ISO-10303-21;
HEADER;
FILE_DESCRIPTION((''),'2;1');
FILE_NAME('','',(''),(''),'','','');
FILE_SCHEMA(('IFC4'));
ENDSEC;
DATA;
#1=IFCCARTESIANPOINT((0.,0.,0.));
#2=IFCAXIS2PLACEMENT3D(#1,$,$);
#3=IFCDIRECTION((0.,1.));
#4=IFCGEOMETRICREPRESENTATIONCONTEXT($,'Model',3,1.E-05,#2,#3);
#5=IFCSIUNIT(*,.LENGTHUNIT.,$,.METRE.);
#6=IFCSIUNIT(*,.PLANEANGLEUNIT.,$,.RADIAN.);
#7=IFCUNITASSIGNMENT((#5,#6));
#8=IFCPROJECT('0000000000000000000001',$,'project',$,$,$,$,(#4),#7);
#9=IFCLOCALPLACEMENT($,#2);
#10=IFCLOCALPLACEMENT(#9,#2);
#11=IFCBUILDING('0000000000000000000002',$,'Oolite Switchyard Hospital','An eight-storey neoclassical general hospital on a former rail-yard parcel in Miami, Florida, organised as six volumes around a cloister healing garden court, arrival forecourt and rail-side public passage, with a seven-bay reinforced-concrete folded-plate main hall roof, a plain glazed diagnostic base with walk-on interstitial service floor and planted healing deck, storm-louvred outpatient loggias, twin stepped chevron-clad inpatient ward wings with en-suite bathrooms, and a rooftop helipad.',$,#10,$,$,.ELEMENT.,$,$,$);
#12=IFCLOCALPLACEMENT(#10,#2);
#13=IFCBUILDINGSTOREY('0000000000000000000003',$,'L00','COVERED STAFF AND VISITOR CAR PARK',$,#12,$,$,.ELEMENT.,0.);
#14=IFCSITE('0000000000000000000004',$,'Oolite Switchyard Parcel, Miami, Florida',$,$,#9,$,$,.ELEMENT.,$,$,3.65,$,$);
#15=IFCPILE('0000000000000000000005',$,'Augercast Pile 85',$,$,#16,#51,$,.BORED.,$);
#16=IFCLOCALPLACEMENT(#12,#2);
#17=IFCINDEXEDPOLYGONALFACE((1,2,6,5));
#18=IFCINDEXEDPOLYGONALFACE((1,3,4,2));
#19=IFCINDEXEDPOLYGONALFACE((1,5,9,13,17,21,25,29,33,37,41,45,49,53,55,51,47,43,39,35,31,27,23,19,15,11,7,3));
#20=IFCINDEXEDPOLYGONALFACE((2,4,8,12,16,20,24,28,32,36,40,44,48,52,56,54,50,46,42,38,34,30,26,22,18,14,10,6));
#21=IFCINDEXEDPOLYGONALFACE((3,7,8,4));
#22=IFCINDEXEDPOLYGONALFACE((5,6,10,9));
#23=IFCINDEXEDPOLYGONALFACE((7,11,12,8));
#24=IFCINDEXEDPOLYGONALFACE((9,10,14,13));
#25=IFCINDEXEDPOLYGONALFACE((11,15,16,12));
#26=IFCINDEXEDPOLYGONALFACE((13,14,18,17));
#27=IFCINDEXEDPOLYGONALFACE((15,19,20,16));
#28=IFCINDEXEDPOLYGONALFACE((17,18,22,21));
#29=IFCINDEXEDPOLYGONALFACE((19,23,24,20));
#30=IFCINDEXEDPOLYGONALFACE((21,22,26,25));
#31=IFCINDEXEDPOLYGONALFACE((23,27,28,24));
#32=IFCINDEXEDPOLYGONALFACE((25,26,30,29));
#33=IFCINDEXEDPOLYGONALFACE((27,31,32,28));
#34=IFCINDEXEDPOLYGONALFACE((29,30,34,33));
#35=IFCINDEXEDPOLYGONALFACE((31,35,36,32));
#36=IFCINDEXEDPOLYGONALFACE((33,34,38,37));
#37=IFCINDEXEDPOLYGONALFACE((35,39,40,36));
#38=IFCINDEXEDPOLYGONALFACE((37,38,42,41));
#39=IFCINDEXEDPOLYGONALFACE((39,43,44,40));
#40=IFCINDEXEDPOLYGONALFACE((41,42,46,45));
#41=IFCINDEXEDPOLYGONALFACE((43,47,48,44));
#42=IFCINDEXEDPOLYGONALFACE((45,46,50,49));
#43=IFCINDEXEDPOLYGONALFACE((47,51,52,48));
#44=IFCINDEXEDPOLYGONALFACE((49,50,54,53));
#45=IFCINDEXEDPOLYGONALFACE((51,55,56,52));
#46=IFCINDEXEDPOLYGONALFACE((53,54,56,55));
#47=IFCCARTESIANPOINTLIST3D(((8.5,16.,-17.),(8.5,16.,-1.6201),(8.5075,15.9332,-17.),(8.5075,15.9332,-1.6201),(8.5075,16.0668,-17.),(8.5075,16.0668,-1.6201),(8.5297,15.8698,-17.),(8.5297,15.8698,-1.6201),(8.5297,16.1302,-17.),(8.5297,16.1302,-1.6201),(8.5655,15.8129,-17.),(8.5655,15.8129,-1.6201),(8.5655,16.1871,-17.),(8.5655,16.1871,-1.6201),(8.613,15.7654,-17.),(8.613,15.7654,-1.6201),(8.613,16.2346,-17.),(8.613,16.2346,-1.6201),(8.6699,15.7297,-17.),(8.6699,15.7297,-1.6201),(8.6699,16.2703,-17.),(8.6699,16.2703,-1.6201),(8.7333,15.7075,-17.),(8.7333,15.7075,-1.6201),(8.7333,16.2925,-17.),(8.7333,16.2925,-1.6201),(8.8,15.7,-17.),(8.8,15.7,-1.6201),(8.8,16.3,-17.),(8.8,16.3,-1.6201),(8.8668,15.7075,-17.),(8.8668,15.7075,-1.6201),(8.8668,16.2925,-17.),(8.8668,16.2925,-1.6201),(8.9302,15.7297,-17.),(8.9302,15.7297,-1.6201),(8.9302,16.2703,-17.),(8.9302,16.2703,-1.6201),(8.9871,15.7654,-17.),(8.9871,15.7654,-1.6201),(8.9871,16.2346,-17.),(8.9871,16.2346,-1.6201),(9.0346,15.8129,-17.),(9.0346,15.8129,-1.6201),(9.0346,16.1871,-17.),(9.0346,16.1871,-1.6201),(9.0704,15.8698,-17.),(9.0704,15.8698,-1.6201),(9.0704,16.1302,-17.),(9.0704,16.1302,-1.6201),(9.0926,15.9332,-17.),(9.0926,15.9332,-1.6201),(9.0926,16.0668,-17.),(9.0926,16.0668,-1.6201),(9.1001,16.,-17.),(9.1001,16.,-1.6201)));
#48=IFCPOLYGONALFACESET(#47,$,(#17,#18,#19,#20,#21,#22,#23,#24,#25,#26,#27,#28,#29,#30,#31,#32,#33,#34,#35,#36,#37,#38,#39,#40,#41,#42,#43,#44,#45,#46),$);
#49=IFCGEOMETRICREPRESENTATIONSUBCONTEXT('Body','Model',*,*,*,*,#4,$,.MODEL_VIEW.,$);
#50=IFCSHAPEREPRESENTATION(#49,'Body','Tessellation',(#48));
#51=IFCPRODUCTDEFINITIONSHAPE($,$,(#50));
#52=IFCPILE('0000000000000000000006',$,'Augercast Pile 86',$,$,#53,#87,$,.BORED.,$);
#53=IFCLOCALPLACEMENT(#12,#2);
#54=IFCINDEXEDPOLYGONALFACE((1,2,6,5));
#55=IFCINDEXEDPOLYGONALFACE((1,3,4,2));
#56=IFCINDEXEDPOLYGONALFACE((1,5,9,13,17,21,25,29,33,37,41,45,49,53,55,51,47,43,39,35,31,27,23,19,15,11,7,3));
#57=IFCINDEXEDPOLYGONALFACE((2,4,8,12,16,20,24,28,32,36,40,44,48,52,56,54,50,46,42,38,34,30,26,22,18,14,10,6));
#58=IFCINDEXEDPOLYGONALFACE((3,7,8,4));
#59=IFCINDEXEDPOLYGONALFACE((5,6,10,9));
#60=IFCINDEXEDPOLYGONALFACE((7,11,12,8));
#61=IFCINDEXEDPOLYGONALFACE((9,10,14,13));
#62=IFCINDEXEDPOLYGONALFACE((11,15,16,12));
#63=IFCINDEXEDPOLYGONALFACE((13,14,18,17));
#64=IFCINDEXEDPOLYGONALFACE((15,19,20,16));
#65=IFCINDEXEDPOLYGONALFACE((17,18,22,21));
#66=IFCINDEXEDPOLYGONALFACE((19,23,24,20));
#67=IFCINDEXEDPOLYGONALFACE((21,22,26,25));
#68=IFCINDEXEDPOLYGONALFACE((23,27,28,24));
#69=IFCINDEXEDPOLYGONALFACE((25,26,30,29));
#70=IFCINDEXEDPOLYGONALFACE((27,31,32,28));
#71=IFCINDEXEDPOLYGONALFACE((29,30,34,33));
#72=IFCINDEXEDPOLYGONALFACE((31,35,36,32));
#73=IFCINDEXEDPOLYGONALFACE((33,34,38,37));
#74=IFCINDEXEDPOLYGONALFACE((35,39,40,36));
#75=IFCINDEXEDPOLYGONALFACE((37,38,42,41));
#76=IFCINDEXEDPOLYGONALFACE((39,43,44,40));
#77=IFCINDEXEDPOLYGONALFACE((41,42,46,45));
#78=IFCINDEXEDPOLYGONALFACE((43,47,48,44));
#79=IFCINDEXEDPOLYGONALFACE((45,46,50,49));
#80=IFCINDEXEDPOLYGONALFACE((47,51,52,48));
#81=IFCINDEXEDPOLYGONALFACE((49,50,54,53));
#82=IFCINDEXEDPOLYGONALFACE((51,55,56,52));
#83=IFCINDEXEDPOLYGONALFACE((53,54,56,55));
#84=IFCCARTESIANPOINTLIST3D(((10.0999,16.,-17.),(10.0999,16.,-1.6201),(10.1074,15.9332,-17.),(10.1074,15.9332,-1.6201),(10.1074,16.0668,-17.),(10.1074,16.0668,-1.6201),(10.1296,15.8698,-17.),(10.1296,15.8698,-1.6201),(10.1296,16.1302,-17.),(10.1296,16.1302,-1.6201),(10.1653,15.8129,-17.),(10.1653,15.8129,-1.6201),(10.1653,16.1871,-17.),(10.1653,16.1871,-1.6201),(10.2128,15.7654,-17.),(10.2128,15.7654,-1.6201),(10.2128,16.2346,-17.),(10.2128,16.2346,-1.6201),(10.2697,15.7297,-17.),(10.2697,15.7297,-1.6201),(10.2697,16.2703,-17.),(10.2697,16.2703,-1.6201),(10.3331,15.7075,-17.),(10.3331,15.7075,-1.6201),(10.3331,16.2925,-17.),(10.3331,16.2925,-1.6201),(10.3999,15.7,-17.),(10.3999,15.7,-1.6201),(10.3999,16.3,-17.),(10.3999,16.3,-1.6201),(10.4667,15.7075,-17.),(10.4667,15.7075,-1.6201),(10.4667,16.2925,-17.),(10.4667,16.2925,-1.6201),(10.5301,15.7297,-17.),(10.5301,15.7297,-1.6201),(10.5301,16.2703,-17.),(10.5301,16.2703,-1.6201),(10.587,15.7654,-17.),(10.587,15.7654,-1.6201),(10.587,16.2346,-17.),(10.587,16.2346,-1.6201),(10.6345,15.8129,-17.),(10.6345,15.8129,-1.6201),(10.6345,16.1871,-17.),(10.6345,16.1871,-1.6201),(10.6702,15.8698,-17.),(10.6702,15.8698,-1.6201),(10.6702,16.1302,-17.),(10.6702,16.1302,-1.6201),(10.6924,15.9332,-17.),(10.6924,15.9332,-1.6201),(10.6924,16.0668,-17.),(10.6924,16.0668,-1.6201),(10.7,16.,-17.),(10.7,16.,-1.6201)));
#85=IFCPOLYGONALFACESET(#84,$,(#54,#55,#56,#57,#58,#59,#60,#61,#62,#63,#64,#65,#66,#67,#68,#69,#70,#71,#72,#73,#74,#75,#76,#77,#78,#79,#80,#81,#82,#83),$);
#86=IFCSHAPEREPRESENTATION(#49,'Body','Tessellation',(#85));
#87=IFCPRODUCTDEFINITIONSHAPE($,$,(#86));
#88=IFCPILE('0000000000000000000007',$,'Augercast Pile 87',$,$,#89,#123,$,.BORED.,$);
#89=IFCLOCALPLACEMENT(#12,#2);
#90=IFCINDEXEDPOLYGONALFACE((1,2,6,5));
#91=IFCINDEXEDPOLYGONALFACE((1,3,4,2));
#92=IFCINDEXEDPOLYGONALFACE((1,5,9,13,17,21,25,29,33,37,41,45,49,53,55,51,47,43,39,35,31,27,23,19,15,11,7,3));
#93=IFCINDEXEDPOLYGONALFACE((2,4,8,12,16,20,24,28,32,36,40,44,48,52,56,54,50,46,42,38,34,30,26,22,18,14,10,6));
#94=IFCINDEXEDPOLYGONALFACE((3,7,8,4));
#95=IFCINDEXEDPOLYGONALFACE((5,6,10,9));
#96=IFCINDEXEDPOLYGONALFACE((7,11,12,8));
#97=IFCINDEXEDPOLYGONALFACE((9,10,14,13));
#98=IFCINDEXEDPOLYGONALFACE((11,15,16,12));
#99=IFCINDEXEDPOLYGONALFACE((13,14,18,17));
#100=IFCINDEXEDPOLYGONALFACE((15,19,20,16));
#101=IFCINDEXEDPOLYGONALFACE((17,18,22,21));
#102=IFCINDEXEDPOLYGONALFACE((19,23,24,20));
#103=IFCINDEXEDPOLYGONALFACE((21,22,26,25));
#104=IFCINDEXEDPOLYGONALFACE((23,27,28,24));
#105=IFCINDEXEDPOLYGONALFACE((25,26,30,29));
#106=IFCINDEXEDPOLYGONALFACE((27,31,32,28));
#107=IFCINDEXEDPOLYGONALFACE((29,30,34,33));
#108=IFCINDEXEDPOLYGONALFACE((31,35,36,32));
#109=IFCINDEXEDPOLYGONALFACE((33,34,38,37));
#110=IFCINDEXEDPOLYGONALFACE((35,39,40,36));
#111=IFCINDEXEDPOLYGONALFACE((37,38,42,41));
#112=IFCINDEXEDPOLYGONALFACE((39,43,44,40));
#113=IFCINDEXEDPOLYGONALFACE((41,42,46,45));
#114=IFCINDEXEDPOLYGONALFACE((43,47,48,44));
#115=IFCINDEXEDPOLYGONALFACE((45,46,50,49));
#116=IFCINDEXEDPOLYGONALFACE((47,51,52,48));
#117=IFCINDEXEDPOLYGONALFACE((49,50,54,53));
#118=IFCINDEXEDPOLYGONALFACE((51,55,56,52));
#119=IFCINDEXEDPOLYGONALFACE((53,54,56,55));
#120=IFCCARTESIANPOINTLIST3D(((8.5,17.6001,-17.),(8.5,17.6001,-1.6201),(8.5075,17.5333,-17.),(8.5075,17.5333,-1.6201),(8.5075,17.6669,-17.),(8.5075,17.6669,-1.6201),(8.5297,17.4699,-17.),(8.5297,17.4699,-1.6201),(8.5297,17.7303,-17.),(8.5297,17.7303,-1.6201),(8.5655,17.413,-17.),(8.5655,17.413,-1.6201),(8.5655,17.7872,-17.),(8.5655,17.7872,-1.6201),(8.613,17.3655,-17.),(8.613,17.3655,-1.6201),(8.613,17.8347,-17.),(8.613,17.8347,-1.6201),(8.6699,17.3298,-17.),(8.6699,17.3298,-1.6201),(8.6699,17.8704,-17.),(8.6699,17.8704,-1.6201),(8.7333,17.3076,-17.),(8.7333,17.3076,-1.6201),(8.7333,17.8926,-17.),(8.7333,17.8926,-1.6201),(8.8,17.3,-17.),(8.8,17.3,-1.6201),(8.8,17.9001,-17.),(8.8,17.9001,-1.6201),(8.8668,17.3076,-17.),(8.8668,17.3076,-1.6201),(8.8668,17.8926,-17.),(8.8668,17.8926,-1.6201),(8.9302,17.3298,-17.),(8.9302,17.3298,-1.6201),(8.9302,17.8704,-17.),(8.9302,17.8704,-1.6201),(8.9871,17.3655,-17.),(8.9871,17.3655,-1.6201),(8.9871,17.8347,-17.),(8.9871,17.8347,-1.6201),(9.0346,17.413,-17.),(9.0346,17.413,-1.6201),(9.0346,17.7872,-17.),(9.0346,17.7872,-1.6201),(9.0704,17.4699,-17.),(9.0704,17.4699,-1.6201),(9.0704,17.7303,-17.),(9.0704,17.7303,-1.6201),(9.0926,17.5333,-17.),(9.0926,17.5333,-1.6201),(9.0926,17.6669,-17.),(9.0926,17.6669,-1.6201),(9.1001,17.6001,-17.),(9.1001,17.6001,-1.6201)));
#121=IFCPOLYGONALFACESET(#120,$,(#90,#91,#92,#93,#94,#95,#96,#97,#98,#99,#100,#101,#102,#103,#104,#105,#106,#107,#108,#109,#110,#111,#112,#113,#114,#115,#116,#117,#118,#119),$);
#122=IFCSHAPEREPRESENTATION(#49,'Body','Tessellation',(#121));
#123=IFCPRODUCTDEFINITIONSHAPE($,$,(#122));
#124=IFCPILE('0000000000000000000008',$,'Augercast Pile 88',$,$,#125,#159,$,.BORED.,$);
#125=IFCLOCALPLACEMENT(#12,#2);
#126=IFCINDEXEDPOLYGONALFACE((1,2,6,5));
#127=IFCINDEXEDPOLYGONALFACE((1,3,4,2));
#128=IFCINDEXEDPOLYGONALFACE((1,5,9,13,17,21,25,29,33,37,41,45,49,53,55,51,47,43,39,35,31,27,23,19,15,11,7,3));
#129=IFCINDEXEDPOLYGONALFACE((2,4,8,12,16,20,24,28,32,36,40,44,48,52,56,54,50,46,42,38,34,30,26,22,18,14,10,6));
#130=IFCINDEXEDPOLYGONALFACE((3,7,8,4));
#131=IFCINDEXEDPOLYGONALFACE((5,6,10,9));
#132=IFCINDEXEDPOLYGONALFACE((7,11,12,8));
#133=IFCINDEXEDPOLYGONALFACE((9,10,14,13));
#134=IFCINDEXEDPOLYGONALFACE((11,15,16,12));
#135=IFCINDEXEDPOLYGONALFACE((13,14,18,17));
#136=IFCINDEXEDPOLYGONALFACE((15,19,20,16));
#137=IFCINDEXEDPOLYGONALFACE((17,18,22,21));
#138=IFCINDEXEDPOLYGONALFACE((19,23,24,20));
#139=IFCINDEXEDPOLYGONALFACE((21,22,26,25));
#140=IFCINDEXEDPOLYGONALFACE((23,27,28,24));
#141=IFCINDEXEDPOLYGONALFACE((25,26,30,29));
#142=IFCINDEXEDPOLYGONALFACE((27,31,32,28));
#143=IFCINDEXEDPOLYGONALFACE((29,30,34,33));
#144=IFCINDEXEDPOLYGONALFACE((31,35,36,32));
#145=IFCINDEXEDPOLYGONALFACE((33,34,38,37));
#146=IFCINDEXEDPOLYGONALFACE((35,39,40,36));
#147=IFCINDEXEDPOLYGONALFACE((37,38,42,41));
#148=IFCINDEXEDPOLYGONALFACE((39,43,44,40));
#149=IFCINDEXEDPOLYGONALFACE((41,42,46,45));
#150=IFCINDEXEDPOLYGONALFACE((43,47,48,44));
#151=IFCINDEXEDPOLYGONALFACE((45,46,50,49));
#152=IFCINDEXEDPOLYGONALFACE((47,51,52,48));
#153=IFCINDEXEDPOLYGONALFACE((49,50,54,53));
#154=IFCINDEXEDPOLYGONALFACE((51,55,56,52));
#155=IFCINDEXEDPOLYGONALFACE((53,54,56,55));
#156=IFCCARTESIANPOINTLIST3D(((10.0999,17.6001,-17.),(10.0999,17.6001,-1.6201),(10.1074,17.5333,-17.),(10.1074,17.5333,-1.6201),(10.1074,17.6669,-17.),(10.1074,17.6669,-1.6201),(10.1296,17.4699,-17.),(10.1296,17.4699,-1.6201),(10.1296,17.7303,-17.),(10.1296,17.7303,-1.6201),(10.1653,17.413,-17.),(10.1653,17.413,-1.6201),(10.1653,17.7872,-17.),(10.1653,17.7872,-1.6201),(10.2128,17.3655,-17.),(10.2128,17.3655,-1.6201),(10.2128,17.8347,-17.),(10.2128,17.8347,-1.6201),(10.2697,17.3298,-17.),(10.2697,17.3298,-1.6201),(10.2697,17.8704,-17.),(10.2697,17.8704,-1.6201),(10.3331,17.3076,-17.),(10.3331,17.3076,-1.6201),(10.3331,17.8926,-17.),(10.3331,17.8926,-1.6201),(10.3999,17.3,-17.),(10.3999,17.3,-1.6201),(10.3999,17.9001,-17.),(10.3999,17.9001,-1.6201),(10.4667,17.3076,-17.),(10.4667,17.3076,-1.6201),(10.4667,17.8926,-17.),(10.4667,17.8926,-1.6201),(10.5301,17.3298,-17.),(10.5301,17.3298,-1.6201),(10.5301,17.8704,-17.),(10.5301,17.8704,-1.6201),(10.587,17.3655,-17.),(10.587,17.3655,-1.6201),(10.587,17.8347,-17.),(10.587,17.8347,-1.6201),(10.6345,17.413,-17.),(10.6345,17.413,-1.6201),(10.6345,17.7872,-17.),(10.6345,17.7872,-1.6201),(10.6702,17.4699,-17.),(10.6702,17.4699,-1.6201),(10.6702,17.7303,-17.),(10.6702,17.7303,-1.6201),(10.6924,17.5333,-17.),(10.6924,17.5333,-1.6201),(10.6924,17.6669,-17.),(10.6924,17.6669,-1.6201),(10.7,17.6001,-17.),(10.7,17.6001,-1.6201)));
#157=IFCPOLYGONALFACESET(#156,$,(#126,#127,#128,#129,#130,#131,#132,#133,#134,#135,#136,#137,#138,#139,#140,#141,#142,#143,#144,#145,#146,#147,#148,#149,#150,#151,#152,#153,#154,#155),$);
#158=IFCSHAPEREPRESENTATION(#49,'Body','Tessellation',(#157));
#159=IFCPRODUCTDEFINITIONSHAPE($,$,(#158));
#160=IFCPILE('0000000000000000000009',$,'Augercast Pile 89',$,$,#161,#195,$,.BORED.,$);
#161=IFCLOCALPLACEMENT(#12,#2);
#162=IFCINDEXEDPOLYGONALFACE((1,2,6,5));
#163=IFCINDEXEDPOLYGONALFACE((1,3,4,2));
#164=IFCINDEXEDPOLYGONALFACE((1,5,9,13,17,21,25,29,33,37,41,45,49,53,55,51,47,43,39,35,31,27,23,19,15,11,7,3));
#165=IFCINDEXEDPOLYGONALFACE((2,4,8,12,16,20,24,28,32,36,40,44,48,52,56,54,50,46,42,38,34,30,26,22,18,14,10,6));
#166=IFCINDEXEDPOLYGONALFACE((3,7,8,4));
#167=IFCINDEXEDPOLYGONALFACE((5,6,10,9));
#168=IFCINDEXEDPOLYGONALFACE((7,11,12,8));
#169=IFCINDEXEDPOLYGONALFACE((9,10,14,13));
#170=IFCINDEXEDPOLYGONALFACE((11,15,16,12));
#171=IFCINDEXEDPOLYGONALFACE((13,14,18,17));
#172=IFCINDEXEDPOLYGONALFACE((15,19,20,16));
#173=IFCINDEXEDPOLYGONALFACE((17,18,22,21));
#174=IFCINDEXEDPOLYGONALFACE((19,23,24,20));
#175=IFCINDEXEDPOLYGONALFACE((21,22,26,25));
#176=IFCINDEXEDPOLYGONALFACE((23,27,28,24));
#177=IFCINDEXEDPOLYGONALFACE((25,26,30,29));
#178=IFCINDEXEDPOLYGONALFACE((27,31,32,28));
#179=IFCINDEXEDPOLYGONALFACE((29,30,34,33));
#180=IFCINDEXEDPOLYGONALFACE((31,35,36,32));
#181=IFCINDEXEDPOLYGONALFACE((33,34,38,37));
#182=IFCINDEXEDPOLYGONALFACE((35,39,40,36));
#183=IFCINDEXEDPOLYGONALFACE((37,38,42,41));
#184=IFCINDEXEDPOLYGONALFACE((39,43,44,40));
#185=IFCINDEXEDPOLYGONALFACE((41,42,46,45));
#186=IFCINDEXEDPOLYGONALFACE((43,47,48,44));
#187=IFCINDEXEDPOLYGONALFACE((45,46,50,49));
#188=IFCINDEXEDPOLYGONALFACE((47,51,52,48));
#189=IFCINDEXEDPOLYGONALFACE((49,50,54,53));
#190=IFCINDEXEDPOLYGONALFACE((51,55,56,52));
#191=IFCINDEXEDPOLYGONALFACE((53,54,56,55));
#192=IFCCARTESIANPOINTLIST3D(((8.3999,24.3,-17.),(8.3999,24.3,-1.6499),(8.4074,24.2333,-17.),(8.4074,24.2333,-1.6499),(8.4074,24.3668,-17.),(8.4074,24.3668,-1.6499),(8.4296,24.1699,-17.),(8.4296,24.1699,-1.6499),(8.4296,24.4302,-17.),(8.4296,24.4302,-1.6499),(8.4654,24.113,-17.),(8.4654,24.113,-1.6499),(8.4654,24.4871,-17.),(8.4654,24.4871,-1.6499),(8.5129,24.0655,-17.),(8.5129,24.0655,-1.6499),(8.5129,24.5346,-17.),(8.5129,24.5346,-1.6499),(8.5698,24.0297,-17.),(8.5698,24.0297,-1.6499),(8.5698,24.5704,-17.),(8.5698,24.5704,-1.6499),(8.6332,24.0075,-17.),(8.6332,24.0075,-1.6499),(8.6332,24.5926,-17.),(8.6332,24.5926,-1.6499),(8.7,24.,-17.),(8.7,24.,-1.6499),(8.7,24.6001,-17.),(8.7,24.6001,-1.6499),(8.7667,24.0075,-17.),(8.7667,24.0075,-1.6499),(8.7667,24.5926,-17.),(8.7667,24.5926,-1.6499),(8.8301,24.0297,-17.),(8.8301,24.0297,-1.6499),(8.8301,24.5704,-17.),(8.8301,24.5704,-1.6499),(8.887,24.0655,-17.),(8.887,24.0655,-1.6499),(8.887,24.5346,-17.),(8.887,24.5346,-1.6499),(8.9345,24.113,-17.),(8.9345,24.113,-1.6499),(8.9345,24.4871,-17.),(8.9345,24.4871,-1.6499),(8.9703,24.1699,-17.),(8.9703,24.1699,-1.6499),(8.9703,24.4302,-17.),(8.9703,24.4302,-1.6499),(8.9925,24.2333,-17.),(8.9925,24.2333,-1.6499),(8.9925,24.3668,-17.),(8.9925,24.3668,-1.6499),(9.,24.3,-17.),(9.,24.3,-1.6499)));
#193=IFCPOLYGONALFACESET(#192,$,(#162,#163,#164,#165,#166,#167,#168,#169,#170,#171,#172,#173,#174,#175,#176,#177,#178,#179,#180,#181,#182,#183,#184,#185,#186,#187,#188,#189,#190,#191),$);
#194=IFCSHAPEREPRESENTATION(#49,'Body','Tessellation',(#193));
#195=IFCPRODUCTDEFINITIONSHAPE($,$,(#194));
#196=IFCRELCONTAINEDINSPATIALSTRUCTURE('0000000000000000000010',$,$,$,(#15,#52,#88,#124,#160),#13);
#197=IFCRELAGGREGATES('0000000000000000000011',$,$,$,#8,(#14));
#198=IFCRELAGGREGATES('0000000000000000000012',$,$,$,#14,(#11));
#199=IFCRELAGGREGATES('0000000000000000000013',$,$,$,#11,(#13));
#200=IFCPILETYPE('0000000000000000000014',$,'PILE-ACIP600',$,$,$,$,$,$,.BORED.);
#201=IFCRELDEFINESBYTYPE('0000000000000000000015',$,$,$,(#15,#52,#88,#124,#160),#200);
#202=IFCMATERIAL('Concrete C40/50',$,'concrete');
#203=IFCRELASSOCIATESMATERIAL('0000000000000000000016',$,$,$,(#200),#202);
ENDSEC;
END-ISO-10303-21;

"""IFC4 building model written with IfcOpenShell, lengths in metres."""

from ifc_helpers import new_model, si_unit, direction, frame, origin, origin_2d, place, context, subcontext, project, spatial, circle, extrude, material, material_profile, profile_set, type_object, element, save


model = new_model("IFC4")

# Units and contexts
model_context = context("Model", 3, precision=1e-05, world=origin(), true_north=direction((0.0, 1.0)))
body_context = subcontext(model_context, "Body", "Model", "MODEL_VIEW")
ifc_project = project(units=[si_unit("LENGTHUNIT", "METRE"), si_unit("PLANEANGLEUNIT", "RADIAN")], contexts=[model_context])

# Site, building, storey
site_placement = place(None, origin())
site = spatial("IfcSite", under=ifc_project, at=site_placement, Name="Oolite Switchyard Parcel, Miami, Florida", CompositionType="ELEMENT", RefElevation=3.65)
building_placement = place(site_placement, origin())
building = spatial("IfcBuilding", under=site, at=building_placement, Name="Oolite Switchyard Hospital", Description="An eight-storey neoclassical general hospital on a former rail-yard parcel in Miami, Florida, organised as six volumes around a cloister healing garden court, arrival forecourt and rail-side public passage, with a seven-bay reinforced-concrete folded-plate main hall roof, a plain glazed diagnostic base with walk-on interstitial service floor and planted healing deck, storm-louvred outpatient loggias, twin stepped chevron-clad inpatient ward wings with en-suite bathrooms, and a rooftop helipad.", CompositionType="ELEMENT")
storey_placement = place(building_placement, origin())
storey = spatial("IfcBuildingStorey", under=building, at=storey_placement, Name="L00", Description="COVERED STAFF AND VISITOR CAR PARK", CompositionType="ELEMENT", Elevation=0.0)

# Shared definitions
ifc_material_1 = material(Name="Concrete C40/50", Category="concrete")

# Piles
ifc_material_profile_1 = material_profile(ifc_material_1, circle(Radius=0.3, at=origin_2d()), Name="PILE600")
ifc_profile_set_1 = profile_set([ifc_material_profile_1], Name="Concrete C40/50")
pile_type = type_object("IfcPileType", Name="PILE-ACIP600", PredefinedType="BORED", material=ifc_profile_set_1)
for number, where, z_axis, x_axis, name in (
    (1, (8.8, 16.0, -1.6201), (0.0, 0.0, -1.0), (1.0, 0.0, 0.0), "Augercast Pile 85"),
    (2, (10.3999, 16.0, -1.6201), (0.0, 0.0, -1.0), (1.0, 0.0, 0.0), "Augercast Pile 86"),
    (3, (8.8, 17.6001, -1.6201), (0.0, 0.0, -1.0), (1.0, 0.0, 0.0), "Augercast Pile 87"),
    (4, (10.3999, 17.6001, -1.6201), (0.0, 0.0, -1.0), (1.0, 0.0, 0.0), "Augercast Pile 88"),
):
    element("IfcPile", number, at=place(storey_placement, frame(where, z_axis=z_axis, x_axis=x_axis)), inside=storey, type_object=pile_type, Name=name, PredefinedType="BORED", context=body_context, shape_type="SweptSolid", body=[
        extrude(circle(Radius=0.3, at=origin_2d()), origin(), (0.0, 0.0, 1.0), 15.3799),
    ])
for number, where, z_axis, x_axis, name in (
    (5, (8.7, 24.3, -1.6499), (0.0, 0.0, -1.0), (1.0, 0.0, 0.0), "Augercast Pile 89"),
):
    element("IfcPile", number, at=place(storey_placement, frame(where, z_axis=z_axis, x_axis=x_axis)), inside=storey, type_object=pile_type, Name=name, PredefinedType="BORED", context=body_context, shape_type="SweptSolid", body=[
        extrude(circle(Radius=0.3, at=origin_2d()), origin(), (0.0, 0.0, 1.0), 15.3501),
    ])

save(model, "model.ifc")
